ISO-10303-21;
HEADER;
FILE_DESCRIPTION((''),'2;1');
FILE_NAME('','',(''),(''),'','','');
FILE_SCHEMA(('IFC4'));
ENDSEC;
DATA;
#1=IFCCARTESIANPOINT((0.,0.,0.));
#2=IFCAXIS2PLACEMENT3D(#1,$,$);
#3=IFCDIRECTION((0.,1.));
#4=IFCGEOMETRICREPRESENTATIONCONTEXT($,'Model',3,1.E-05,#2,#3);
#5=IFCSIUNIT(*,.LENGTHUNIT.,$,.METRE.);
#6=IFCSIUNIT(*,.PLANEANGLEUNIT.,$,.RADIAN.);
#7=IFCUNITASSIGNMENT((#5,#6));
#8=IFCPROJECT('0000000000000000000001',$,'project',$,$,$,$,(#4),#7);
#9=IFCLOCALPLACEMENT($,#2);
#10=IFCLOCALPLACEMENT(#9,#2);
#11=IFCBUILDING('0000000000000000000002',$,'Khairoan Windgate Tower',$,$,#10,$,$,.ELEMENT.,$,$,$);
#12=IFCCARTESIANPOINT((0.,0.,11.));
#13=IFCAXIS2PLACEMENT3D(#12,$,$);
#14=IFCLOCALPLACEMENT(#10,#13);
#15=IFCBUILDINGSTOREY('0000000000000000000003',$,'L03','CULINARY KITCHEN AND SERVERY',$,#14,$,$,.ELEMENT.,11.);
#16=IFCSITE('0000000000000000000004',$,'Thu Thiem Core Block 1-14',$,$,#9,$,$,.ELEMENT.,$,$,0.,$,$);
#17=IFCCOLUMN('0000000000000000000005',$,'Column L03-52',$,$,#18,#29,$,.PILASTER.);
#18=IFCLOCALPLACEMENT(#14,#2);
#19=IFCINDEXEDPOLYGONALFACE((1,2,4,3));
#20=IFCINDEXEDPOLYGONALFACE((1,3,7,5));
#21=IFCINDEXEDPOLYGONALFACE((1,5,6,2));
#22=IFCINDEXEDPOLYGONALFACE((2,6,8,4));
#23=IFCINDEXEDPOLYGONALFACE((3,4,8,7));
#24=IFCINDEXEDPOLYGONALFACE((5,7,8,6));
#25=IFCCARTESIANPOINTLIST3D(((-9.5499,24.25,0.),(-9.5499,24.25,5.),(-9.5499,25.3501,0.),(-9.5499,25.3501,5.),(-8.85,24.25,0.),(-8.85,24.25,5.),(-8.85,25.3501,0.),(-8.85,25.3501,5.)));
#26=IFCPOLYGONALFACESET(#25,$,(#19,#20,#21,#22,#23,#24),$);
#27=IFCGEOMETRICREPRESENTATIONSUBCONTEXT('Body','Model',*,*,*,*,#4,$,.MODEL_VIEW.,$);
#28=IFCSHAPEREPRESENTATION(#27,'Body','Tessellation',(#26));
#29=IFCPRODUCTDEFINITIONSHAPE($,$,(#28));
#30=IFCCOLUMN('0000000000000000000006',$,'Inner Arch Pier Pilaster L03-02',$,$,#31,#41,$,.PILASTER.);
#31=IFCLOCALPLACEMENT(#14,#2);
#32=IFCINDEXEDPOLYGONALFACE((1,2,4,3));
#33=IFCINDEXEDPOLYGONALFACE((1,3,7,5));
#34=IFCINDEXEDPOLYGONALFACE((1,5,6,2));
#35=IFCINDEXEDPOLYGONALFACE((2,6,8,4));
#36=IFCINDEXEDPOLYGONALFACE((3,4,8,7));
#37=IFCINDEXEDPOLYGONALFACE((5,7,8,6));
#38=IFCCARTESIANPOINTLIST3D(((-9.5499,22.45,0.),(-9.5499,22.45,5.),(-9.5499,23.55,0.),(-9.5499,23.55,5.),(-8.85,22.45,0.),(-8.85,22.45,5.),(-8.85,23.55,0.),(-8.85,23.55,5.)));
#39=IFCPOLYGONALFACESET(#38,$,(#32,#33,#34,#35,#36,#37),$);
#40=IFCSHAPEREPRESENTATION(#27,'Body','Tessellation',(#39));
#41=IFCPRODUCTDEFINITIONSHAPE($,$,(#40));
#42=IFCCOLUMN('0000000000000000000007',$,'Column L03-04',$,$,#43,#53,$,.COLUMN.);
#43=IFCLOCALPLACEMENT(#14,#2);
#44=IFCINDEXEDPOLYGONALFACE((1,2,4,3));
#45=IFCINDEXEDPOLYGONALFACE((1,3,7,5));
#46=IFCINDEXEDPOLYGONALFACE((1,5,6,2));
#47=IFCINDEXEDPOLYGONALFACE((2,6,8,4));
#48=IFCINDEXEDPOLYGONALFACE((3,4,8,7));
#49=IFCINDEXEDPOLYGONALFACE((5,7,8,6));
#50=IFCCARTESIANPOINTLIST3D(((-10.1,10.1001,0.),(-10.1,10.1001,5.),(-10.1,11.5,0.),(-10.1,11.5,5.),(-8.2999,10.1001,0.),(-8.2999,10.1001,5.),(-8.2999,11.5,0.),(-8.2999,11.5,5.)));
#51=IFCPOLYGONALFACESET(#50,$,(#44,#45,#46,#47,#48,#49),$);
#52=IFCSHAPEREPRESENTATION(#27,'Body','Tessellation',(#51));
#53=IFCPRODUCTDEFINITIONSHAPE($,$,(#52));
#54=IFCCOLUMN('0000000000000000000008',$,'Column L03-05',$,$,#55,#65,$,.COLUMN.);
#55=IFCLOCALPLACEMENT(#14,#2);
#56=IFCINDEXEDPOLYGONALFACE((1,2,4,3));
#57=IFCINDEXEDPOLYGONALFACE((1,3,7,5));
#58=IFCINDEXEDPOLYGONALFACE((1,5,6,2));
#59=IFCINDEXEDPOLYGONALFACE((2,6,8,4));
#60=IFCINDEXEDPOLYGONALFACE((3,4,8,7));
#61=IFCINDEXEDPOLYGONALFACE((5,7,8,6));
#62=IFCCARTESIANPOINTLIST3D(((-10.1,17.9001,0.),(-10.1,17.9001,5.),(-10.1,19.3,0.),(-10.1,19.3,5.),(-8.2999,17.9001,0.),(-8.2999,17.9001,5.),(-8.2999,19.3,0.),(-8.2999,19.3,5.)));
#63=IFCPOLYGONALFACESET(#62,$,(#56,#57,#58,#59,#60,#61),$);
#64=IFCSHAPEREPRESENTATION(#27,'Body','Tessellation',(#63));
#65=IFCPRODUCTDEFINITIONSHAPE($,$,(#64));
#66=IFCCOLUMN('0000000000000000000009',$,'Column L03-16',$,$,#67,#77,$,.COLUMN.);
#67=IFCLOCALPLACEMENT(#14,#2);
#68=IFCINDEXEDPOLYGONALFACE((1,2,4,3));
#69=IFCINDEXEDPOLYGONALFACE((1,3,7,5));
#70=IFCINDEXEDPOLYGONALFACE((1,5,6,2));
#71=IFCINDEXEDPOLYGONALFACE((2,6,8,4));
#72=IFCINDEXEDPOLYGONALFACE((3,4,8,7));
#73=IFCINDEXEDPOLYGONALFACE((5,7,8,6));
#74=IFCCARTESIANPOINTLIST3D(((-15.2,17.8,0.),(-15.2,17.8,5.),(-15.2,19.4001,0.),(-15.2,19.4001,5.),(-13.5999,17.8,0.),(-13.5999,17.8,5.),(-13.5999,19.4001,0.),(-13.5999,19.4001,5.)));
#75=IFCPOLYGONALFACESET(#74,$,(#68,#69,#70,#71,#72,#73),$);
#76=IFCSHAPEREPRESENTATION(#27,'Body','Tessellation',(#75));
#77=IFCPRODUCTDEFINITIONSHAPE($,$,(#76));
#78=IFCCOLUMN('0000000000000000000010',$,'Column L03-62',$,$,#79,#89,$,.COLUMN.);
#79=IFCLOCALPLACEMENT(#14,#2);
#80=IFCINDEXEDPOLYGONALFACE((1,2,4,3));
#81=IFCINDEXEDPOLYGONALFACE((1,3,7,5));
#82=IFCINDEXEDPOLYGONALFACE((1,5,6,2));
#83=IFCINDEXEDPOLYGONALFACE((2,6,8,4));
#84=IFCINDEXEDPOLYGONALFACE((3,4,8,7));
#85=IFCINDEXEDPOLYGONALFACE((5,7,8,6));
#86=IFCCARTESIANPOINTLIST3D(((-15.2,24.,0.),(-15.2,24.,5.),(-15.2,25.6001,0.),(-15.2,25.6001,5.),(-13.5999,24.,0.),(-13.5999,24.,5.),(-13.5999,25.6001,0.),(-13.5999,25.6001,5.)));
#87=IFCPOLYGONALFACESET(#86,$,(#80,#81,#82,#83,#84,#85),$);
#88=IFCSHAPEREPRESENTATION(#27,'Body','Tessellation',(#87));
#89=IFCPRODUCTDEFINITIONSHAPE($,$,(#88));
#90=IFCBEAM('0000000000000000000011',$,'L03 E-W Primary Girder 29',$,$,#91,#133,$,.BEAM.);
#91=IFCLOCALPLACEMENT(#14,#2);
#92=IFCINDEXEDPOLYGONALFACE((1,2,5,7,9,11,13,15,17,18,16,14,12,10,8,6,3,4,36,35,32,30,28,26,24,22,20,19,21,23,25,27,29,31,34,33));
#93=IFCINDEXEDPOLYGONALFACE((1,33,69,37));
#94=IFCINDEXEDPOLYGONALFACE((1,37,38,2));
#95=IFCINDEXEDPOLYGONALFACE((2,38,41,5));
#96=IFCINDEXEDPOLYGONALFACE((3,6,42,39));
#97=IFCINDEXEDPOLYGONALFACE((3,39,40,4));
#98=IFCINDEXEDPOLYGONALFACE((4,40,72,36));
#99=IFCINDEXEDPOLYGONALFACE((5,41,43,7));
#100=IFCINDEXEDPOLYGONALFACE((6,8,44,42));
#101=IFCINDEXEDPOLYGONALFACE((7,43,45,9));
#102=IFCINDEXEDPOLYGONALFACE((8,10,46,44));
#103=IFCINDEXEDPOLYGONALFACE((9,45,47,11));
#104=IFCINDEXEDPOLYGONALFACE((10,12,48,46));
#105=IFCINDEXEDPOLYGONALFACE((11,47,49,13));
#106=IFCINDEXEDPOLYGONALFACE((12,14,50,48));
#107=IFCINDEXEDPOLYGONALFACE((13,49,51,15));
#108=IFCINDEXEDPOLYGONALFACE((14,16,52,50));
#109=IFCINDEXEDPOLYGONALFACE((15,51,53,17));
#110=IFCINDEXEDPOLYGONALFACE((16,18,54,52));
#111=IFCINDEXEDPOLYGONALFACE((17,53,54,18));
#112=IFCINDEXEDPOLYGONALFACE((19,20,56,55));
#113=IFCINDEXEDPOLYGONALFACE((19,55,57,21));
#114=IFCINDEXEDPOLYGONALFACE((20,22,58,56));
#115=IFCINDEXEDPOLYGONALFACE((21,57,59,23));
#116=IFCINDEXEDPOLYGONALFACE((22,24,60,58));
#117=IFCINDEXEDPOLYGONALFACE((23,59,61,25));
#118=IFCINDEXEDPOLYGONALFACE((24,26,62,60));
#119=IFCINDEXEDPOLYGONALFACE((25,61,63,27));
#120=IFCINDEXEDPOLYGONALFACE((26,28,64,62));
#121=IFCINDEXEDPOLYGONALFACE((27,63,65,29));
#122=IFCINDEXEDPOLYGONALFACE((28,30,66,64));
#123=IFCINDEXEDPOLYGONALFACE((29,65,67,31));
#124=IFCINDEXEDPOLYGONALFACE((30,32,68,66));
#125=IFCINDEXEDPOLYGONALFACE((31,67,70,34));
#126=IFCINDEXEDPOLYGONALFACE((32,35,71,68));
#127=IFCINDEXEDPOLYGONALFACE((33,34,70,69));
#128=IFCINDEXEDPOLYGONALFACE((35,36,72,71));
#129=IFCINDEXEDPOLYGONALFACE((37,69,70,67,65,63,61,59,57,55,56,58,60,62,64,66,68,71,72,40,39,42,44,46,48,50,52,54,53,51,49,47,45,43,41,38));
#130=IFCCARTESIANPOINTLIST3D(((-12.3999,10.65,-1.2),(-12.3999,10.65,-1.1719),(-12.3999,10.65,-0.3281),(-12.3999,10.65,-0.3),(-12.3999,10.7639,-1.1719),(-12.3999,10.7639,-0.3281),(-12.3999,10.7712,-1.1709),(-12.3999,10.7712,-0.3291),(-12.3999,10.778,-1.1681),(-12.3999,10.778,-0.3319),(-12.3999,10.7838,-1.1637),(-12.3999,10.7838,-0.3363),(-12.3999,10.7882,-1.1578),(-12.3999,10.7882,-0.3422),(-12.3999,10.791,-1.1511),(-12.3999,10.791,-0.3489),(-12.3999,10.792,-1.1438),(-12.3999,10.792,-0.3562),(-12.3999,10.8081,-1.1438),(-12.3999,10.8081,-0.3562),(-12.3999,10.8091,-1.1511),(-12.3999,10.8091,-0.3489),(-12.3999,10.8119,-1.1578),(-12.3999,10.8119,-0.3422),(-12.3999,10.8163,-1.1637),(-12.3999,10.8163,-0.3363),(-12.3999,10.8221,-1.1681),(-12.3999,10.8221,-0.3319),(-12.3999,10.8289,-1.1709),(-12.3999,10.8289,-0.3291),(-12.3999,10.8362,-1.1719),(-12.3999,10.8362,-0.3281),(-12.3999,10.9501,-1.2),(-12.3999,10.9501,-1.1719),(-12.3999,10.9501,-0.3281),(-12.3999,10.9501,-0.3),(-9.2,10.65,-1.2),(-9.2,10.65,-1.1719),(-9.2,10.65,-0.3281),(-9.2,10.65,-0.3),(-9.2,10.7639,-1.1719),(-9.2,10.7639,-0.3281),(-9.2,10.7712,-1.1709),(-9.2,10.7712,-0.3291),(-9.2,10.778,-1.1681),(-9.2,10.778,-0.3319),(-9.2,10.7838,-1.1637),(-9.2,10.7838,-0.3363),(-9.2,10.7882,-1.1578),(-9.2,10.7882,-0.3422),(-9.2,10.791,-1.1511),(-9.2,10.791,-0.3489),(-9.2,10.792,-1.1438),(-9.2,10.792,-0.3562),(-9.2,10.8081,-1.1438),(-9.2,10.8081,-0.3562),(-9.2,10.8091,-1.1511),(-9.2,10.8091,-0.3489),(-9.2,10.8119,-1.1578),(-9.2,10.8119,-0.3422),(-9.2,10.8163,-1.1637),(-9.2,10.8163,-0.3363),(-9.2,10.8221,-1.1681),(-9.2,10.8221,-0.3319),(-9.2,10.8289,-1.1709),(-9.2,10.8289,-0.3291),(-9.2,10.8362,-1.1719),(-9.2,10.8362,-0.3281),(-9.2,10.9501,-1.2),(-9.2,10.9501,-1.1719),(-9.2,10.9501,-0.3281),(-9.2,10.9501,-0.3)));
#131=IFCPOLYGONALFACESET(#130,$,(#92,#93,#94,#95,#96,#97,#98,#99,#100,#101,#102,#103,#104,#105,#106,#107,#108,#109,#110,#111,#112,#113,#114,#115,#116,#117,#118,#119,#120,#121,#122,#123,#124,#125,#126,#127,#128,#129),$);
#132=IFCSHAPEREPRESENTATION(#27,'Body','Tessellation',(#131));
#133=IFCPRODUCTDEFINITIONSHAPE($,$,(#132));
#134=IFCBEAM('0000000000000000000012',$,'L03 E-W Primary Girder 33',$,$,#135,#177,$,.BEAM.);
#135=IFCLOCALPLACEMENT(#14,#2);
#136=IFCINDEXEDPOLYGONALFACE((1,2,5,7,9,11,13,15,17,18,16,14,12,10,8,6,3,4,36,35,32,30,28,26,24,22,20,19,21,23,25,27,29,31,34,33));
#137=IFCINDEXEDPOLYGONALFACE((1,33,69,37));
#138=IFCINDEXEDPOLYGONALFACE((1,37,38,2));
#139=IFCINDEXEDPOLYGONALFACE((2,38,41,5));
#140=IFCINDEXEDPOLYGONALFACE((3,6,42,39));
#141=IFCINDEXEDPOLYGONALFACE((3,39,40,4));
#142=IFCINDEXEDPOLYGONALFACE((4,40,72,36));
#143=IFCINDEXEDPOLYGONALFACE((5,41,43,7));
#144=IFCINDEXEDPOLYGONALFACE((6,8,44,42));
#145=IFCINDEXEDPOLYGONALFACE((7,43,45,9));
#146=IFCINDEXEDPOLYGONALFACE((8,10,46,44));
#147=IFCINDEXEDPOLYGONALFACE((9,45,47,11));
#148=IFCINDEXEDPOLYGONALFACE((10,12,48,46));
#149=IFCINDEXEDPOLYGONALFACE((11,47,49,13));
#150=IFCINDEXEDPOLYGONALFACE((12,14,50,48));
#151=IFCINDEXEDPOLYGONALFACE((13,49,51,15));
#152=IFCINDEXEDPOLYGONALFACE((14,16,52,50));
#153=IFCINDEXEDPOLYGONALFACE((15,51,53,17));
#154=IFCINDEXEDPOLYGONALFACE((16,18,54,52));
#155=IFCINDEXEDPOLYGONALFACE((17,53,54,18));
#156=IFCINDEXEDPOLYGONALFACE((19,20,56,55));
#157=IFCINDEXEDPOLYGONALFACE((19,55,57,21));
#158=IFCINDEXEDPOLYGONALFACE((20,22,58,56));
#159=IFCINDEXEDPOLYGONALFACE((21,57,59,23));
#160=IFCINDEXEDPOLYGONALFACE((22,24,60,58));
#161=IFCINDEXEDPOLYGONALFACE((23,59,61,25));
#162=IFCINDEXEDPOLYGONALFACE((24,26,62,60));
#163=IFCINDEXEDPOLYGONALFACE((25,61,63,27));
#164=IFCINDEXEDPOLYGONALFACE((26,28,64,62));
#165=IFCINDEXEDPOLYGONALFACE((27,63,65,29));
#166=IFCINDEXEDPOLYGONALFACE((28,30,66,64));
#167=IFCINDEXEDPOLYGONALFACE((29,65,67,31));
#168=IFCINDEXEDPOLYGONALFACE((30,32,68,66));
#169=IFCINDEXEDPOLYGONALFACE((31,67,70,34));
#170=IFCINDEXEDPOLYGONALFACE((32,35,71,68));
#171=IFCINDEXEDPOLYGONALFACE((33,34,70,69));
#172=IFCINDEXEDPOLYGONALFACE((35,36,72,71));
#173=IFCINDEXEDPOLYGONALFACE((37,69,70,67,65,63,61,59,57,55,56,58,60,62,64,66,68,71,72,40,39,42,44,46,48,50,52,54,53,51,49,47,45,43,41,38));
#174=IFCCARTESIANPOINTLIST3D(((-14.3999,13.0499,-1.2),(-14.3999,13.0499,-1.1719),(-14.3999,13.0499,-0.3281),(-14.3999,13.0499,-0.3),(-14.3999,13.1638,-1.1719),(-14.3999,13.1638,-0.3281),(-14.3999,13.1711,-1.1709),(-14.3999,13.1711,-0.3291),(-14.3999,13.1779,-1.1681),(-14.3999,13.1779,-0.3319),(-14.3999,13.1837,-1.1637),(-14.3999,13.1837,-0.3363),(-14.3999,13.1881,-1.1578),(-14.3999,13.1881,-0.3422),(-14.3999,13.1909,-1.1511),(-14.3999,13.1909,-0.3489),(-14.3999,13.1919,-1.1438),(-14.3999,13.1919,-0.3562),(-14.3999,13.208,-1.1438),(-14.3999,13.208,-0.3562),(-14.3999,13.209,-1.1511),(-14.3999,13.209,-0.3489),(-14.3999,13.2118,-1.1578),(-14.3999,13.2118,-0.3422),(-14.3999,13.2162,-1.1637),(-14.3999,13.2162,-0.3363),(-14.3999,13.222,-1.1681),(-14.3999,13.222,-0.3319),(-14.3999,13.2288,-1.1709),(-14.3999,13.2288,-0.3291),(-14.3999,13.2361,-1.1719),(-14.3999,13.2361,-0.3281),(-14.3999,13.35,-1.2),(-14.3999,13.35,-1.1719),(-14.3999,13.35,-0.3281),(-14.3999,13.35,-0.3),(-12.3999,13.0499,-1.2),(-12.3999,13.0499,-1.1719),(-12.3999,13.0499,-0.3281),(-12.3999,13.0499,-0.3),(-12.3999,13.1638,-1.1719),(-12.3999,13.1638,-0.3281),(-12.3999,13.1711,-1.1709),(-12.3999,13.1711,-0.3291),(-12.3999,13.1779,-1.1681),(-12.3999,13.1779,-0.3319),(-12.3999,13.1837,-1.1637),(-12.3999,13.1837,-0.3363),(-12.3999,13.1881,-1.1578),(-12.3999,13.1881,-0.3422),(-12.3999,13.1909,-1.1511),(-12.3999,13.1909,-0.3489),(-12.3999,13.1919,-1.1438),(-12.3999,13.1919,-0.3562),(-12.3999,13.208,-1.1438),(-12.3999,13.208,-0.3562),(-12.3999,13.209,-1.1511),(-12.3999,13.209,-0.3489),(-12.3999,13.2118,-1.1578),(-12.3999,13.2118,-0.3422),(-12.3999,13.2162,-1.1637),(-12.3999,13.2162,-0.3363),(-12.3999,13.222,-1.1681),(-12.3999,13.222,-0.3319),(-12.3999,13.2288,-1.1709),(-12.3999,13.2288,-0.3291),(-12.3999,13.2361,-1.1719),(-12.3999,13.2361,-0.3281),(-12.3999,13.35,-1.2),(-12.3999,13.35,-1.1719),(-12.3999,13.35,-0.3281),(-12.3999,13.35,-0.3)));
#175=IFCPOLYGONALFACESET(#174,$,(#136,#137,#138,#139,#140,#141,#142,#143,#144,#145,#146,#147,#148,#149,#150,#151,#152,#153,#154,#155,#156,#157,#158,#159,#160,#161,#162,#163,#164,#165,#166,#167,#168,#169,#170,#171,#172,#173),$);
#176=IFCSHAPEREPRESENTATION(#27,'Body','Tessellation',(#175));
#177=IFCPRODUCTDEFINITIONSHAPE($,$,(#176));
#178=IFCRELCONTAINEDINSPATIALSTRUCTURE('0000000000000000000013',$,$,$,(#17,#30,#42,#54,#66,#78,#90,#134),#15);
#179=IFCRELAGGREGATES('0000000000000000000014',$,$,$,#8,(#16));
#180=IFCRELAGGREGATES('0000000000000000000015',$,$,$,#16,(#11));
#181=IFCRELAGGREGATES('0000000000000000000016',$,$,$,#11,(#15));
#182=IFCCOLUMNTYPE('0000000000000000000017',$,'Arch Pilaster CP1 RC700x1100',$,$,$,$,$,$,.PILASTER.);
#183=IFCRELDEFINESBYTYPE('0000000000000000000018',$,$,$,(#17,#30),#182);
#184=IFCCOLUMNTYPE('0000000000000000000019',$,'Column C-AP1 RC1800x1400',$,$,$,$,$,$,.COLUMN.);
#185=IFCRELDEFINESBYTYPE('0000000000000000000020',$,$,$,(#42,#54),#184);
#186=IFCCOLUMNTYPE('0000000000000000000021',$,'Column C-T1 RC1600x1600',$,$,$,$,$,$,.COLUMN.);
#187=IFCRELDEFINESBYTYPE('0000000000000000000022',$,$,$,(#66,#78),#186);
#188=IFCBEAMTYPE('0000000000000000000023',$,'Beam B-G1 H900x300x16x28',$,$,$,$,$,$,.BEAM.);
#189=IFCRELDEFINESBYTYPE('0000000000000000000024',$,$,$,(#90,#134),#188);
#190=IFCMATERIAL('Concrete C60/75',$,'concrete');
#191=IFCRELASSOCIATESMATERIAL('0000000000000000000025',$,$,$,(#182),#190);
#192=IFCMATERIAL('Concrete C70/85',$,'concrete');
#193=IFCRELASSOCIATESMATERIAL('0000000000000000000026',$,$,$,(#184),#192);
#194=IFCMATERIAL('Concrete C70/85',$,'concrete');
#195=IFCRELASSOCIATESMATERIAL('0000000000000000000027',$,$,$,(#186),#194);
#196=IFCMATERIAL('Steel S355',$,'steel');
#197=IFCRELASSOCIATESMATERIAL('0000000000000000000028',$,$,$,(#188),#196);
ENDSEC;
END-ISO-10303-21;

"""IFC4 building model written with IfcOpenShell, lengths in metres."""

from ifc_helpers import new_model, si_unit, direction, frame, origin, origin_2d, place, context, subcontext, project, spatial, rectangle, i_section, extrude, material, material_profile, profile_set, type_object, element, save


model = new_model("IFC4")

# Units and contexts
model_context = context("Model", 3, precision=1e-05, world=origin(), true_north=direction((0.0, 1.0)))
body_context = subcontext(model_context, "Body", "Model", "MODEL_VIEW")
ifc_project = project(units=[si_unit("LENGTHUNIT", "METRE"), si_unit("PLANEANGLEUNIT", "RADIAN")], contexts=[model_context])

# Site, building, storey
site_placement = place(None, origin())
site = spatial("IfcSite", under=ifc_project, at=site_placement, Name="Thu Thiem Core Block 1-14", CompositionType="ELEMENT", RefElevation=0.0)
building_placement = place(site_placement, origin())
building = spatial("IfcBuilding", under=site, at=building_placement, Name="Khairoan Windgate Tower", CompositionType="ELEMENT")
storey_placement = place(building_placement, frame((0.0, 0.0, 11.0)))
storey = spatial("IfcBuildingStorey", under=building, at=storey_placement, Name="L03", Description="CULINARY KITCHEN AND SERVERY", CompositionType="ELEMENT", Elevation=11.0)

# Columns
ifc_material_1 = material(Name="Concrete C60/75", Category="concrete")
ifc_material_profile_1 = material_profile(ifc_material_1, rectangle(XDim=0.7, YDim=1.1001, at=origin_2d()))
ifc_profile_set_1 = profile_set([ifc_material_profile_1], Name="Concrete C60/75")
column_type_1 = type_object("IfcColumnType", Name="Arch Pilaster CP1 RC700x1100", PredefinedType="PILASTER", material=ifc_profile_set_1)
for number, where, z_axis, x_axis, name in (
    (1, (-9.2, 24.8, 0.0), (0.0, 0.0, 1.0), (1.0, 0.0, 0.0), "Column L03-52"),
    (2, (-9.2, 23.0, 0.0), (0.0, 0.0, 1.0), (1.0, 0.0, 0.0), "Inner Arch Pier Pilaster L03-02"),
):
    element("IfcColumn", number, at=place(storey_placement, frame(where, z_axis=z_axis, x_axis=x_axis)), inside=storey, type_object=column_type_1, Name=name, PredefinedType="PILASTER", context=body_context, shape_type="SweptSolid", body=[
        extrude(rectangle(XDim=0.7, YDim=1.1001, at=origin_2d()), origin(), (0.0, 0.0, 1.0), 5.0),
    ])
ifc_material_2 = material(Name="Concrete C70/85", Category="concrete")
ifc_material_profile_2 = material_profile(ifc_material_2, rectangle(XDim=1.8, YDim=1.3999, at=origin_2d()))
ifc_profile_set_2 = profile_set([ifc_material_profile_2], Name="Concrete C70/85")
column_type_2 = type_object("IfcColumnType", Name="Column C-AP1 RC1800x1400", PredefinedType="COLUMN", material=ifc_profile_set_2)
for number, where, z_axis, x_axis, name in (
    (3, (-9.2, 10.8, 0.0), (0.0, 0.0, 1.0), (1.0, 0.0, 0.0), "Column L03-04"),
    (4, (-9.2, 18.6001, 0.0), (0.0, 0.0, 1.0), (1.0, 0.0, 0.0), "Column L03-05"),
):
    element("IfcColumn", number, at=place(storey_placement, frame(where, z_axis=z_axis, x_axis=x_axis)), inside=storey, type_object=column_type_2, Name=name, PredefinedType="COLUMN", context=body_context, shape_type="SweptSolid", body=[
        extrude(rectangle(XDim=1.8, YDim=1.3999, at=origin_2d()), origin(), (0.0, 0.0, 1.0), 5.0),
    ])
ifc_material_3 = material(Name="Concrete C70/85", Category="concrete")
ifc_material_profile_3 = material_profile(ifc_material_3, rectangle(XDim=1.6001, YDim=1.6001, at=origin_2d()))
ifc_profile_set_3 = profile_set([ifc_material_profile_3], Name="Concrete C70/85")
column_type_3 = type_object("IfcColumnType", Name="Column C-T1 RC1600x1600", PredefinedType="COLUMN", material=ifc_profile_set_3)
for number, where, z_axis, x_axis, name in (
    (5, (-14.3999, 18.6001, 0.0), (0.0, 0.0, 1.0), (1.0, 0.0, 0.0), "Column L03-16"),
    (6, (-14.3999, 24.8, 0.0), (0.0, 0.0, 1.0), (1.0, 0.0, 0.0), "Column L03-62"),
):
    element("IfcColumn", number, at=place(storey_placement, frame(where, z_axis=z_axis, x_axis=x_axis)), inside=storey, type_object=column_type_3, Name=name, PredefinedType="COLUMN", context=body_context, shape_type="SweptSolid", body=[
        extrude(rectangle(XDim=1.6001, YDim=1.6001, at=origin_2d()), origin(), (0.0, 0.0, 1.0), 5.0),
    ])

# Beams
ifc_material_4 = material(Name="Steel S355", Category="steel")
ifc_material_profile_4 = material_profile(ifc_material_4, i_section(OverallWidth=0.3, OverallDepth=0.8999, WebThickness=0.0161, FlangeThickness=0.0281, FilletRadius=0.0281, at=origin_2d()))
ifc_profile_set_4 = profile_set([ifc_material_profile_4], Name="Steel S355")
beam_type_1 = type_object("IfcBeamType", Name="Beam B-G1 H900x300x16x28", PredefinedType="BEAM", material=ifc_profile_set_4)
beam_1_placement = place(storey_placement, frame((-12.3999, 10.8, -0.75), z_axis=(1.0, 0.0, 0.0), x_axis=(0.0, 1.0, 0.0)))
element("IfcBeam", 7, at=beam_1_placement, inside=storey, type_object=beam_type_1, Name="L03 E-W Primary Girder 29", PredefinedType="BEAM", context=body_context, shape_type="SweptSolid", body=[
    extrude(i_section(OverallWidth=0.3, OverallDepth=0.8999, WebThickness=0.0161, FlangeThickness=0.0281, FilletRadius=0.0281, at=origin_2d()), origin(), (0.0, 0.0, 1.0), 3.2),
])
beam_2_placement = place(storey_placement, frame((-14.3999, 13.2, -0.75), z_axis=(1.0, 0.0, 0.0), x_axis=(0.0, 1.0, 0.0)))
element("IfcBeam", 8, at=beam_2_placement, inside=storey, type_object=beam_type_1, Name="L03 E-W Primary Girder 33", PredefinedType="BEAM", context=body_context, shape_type="SweptSolid", body=[
    extrude(i_section(OverallWidth=0.3, OverallDepth=0.8999, WebThickness=0.0161, FlangeThickness=0.0281, FilletRadius=0.0281, at=origin_2d()), origin(), (0.0, 0.0, 1.0), 2.0),
])

save(model, "model.ifc")
